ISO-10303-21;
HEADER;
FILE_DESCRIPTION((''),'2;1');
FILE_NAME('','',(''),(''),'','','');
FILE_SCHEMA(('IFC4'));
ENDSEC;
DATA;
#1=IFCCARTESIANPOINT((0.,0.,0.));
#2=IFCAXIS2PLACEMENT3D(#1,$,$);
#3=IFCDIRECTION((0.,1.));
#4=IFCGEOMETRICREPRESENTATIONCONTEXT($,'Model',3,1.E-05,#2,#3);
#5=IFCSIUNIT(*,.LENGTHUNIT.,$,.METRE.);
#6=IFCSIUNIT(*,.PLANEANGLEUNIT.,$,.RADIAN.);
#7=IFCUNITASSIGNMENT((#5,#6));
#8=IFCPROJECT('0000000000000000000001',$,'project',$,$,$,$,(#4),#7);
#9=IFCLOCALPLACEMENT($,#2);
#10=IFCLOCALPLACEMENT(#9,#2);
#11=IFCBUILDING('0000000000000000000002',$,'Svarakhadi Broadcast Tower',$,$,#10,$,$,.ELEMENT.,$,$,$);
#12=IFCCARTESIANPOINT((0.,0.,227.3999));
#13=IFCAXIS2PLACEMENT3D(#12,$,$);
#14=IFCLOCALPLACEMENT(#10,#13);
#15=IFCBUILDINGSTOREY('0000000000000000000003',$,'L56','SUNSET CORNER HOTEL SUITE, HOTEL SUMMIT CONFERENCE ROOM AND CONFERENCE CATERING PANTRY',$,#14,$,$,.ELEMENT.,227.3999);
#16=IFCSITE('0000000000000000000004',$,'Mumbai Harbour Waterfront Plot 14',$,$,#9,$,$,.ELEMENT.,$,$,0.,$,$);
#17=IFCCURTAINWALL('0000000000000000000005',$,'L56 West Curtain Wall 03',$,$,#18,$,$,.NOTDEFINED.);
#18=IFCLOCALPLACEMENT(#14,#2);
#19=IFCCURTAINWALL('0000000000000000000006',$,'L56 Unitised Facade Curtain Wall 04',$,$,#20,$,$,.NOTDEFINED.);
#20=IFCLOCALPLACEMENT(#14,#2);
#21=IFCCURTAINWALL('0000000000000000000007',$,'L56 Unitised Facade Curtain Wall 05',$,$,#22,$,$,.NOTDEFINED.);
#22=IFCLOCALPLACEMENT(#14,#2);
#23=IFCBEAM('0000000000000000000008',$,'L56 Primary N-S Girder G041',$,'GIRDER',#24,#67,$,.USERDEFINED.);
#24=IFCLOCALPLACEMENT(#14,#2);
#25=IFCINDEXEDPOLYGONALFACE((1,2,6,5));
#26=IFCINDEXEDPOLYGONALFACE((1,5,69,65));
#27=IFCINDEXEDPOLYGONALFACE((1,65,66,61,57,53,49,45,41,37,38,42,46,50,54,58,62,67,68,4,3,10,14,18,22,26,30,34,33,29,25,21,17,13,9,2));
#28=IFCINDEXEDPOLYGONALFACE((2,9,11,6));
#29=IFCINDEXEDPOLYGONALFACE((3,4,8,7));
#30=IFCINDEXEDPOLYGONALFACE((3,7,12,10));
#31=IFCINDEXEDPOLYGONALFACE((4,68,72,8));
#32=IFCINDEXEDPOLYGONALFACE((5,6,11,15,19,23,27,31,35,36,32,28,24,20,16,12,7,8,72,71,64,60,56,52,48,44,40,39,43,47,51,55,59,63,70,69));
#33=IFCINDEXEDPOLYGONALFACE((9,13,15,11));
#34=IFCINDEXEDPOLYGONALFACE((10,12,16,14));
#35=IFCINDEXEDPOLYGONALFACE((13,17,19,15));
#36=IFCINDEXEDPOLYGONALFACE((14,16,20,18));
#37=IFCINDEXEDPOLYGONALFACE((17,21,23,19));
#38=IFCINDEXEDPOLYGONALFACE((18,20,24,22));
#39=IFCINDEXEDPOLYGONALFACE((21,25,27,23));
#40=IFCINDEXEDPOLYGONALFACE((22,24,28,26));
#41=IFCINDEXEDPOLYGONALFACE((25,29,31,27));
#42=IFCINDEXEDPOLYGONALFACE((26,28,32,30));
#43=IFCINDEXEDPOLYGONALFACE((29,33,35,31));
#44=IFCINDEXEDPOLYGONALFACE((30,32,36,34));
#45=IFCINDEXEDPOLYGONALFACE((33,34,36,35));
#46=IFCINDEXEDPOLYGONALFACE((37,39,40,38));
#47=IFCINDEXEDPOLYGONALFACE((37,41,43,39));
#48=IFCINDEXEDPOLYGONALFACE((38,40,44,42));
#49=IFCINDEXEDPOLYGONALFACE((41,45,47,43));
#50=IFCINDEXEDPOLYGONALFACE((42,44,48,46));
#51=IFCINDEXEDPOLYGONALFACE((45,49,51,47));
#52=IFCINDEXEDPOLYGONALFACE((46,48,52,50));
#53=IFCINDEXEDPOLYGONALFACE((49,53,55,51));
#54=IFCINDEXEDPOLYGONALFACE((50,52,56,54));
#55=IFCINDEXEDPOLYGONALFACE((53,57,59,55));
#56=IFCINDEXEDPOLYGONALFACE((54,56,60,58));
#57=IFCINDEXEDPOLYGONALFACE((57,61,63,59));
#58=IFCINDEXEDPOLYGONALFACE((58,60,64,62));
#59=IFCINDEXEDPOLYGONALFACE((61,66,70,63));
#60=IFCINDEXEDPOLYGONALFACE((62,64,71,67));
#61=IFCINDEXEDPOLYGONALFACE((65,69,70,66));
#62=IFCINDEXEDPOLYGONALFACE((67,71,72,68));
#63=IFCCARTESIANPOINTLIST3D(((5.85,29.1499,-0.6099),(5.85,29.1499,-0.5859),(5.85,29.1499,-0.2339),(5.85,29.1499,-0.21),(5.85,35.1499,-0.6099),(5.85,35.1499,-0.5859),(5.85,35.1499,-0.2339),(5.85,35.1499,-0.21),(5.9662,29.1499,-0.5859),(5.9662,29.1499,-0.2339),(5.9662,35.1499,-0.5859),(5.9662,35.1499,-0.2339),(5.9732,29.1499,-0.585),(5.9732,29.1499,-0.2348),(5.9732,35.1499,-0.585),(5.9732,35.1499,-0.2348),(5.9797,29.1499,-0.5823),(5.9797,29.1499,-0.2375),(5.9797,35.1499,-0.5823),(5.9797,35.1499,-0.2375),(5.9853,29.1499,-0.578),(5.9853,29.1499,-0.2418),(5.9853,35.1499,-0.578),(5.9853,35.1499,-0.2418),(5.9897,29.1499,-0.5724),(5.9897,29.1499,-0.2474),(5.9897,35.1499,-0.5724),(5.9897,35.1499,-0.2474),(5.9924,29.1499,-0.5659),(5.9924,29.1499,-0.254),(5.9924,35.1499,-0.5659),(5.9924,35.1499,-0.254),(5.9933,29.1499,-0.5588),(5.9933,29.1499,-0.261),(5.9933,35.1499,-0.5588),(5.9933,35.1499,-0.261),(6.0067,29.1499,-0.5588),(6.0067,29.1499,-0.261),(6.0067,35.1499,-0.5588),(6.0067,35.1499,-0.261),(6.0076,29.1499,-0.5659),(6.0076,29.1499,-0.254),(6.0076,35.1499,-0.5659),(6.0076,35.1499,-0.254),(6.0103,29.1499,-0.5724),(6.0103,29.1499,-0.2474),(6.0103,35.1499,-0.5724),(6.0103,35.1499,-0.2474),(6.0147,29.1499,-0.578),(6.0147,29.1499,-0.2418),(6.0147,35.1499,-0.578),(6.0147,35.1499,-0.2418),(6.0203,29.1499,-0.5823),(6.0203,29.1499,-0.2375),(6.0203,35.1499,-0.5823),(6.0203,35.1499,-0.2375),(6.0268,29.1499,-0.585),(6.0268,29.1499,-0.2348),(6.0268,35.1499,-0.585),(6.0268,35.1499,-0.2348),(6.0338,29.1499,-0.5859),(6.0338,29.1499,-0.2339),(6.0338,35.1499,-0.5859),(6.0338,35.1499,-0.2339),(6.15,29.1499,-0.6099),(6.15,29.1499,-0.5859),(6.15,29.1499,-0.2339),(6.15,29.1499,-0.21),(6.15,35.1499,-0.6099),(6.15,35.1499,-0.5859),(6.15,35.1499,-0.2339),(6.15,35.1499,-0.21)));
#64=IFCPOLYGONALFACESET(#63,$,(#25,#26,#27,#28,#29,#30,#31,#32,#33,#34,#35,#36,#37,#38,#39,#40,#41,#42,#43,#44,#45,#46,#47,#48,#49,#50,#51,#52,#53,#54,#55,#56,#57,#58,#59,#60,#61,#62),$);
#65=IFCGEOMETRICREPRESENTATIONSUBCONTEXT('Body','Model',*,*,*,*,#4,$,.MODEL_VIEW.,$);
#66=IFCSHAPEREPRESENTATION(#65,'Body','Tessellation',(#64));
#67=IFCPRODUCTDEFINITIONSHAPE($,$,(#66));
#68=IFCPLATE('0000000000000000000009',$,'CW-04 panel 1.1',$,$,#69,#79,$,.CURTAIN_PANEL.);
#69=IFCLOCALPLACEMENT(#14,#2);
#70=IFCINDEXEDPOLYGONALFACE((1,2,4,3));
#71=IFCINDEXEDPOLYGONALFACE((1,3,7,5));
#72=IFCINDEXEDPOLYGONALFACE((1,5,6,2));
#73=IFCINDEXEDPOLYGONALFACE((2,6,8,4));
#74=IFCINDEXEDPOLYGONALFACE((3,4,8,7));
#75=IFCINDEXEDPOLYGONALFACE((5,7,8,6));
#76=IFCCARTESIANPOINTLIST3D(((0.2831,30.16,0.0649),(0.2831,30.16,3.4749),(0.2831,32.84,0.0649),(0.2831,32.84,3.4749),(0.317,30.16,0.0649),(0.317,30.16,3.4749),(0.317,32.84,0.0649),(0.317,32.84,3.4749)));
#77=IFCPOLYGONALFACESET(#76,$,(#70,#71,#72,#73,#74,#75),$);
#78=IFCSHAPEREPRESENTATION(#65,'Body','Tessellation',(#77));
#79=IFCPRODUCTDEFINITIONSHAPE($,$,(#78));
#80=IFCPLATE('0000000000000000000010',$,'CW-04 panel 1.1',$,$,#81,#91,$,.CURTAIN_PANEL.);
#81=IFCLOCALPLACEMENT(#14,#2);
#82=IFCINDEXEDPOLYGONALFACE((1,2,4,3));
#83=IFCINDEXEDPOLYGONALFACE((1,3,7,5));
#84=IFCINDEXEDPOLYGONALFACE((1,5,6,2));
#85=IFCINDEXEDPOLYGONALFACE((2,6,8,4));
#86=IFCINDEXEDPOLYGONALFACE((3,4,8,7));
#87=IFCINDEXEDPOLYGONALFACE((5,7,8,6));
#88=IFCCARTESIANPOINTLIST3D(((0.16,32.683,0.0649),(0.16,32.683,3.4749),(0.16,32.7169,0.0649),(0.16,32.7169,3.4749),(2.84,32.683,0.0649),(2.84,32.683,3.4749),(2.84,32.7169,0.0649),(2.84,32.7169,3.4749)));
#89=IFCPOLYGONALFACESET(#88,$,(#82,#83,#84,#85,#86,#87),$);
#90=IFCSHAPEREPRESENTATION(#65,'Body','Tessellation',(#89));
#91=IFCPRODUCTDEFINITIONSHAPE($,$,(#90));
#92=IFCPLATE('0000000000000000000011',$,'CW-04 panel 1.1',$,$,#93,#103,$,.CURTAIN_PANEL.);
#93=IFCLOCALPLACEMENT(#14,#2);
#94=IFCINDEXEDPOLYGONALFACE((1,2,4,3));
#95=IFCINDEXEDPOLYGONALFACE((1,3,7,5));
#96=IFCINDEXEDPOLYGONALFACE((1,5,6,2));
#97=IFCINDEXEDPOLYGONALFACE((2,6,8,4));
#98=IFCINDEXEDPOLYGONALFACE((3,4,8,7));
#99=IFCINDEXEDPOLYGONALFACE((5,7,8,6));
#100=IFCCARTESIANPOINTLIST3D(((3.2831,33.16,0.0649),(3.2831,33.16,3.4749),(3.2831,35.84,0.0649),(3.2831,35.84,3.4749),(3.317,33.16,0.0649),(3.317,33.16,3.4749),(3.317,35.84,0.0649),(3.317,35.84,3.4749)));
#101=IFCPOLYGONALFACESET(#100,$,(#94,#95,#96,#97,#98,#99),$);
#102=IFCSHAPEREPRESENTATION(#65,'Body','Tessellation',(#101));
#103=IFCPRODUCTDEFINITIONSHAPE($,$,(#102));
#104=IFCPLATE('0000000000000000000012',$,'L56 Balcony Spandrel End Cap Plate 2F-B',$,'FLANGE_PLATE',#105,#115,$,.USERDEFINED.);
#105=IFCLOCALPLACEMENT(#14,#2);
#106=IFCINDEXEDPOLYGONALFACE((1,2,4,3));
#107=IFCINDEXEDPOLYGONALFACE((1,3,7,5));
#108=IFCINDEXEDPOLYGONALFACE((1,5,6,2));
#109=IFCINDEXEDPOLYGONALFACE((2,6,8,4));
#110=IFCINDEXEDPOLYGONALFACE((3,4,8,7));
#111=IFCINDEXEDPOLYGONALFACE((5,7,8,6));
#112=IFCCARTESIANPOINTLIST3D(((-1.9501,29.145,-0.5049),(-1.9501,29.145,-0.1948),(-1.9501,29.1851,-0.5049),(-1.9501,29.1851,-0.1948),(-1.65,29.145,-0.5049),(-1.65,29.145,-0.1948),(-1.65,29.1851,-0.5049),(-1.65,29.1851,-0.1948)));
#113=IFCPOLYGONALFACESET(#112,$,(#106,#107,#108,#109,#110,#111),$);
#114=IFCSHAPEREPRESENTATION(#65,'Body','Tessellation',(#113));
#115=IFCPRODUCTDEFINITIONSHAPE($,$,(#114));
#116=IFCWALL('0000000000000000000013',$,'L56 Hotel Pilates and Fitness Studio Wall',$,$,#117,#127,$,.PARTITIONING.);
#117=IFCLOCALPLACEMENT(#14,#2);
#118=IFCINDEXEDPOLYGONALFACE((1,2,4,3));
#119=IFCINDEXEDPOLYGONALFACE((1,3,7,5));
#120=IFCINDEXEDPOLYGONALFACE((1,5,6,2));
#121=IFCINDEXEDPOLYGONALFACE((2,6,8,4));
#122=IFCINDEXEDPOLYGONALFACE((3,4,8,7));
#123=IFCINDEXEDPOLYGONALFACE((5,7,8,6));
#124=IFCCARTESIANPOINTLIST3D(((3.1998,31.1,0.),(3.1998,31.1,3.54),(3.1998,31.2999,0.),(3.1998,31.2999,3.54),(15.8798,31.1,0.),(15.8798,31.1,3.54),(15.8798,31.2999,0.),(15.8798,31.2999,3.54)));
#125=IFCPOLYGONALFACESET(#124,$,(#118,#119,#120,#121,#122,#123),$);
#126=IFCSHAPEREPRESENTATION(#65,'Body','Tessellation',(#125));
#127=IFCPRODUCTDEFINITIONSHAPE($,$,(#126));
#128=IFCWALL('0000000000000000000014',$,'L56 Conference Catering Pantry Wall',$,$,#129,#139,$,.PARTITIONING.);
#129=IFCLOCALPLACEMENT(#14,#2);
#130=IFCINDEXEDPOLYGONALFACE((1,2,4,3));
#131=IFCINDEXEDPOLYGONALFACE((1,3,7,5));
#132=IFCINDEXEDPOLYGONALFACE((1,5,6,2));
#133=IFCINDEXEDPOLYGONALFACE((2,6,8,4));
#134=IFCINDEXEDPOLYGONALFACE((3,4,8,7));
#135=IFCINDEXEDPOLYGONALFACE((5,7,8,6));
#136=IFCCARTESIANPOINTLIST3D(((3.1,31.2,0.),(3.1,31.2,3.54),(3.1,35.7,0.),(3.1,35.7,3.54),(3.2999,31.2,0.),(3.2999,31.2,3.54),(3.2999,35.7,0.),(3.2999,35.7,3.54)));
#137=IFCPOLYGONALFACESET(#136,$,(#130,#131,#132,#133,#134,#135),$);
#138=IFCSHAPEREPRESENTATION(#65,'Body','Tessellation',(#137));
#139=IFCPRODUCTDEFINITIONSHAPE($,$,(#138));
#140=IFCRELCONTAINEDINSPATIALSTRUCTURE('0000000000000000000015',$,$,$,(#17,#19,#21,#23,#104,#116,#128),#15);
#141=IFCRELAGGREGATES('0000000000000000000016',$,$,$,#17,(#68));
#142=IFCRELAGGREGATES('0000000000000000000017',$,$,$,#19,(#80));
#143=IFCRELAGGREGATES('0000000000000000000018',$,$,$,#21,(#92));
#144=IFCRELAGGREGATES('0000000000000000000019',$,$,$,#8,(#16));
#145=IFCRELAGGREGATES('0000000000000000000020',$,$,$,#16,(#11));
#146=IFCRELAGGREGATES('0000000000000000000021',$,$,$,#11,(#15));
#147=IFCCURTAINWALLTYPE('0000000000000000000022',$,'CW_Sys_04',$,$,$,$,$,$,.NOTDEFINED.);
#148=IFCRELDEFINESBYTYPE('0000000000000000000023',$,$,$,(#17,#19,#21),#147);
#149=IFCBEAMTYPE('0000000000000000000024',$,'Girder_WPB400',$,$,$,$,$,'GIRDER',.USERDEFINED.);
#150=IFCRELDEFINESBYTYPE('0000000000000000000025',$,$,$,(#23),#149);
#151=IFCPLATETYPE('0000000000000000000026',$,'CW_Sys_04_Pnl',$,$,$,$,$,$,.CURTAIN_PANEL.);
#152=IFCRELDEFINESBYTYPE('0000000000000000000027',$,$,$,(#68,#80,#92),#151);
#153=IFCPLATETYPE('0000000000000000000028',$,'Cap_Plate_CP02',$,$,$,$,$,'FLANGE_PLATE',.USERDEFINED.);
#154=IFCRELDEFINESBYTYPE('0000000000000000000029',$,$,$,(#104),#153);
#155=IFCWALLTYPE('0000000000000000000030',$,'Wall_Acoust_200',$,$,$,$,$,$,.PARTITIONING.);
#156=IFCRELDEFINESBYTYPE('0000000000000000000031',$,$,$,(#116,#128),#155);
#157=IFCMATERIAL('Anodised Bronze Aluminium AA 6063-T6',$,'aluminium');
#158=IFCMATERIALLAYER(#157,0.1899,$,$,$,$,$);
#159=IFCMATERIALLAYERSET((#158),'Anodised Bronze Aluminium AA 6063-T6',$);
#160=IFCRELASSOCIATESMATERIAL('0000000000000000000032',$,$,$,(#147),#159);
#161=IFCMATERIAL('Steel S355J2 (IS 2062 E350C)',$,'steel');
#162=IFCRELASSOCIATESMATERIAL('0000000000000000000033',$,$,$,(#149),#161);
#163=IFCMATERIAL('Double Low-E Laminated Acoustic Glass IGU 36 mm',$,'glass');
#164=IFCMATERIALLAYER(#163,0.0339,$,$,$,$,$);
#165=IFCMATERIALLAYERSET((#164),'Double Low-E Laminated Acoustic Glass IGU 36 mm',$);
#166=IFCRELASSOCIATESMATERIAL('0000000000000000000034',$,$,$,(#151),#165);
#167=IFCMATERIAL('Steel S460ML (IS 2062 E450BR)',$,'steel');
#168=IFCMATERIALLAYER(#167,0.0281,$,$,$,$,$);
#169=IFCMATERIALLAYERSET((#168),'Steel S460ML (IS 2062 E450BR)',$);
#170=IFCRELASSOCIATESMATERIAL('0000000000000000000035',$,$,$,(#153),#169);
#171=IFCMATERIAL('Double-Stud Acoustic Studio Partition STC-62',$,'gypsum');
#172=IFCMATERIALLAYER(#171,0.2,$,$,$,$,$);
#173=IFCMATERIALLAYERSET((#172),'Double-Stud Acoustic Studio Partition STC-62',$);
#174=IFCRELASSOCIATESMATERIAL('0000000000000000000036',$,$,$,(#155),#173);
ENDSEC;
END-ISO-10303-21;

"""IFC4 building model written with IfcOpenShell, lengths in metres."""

from ifc_helpers import new_model, si_unit, direction, frame, frame_2d, origin, origin_2d, place, context, subcontext, project, spatial, rectangle, i_section, extrude, material, layer, layer_set, material_profile, profile_set, type_object, element, aggregate, save


model = new_model("IFC4")

# Units and contexts
model_context = context("Model", 3, precision=1e-05, world=origin(), true_north=direction((0.0, 1.0)))
body_context = subcontext(model_context, "Body", "Model", "MODEL_VIEW")
ifc_project = project(units=[si_unit("LENGTHUNIT", "METRE"), si_unit("PLANEANGLEUNIT", "RADIAN")], contexts=[model_context])

# Site, building, storey
site_placement = place(None, origin())
site = spatial("IfcSite", under=ifc_project, at=site_placement, Name="Mumbai Harbour Waterfront Plot 14", CompositionType="ELEMENT", RefElevation=0.0)
building_placement = place(site_placement, origin())
building = spatial("IfcBuilding", under=site, at=building_placement, Name="Svarakhadi Broadcast Tower", CompositionType="ELEMENT")
storey_placement = place(building_placement, frame((0.0, 0.0, 227.3999)))
storey = spatial("IfcBuildingStorey", under=building, at=storey_placement, Name="L56", Description="SUNSET CORNER HOTEL SUITE, HOTEL SUMMIT CONFERENCE ROOM AND CONFERENCE CATERING PANTRY", CompositionType="ELEMENT", Elevation=227.3999)

# Shared definitions
ifc_material_1 = material(Name="Steel S460ML (IS 2062 E450BR)", Category="steel")

# Curtain walls
ifc_material_2 = material(Name="Anodised Bronze Aluminium AA 6063-T6", Category="aluminium")
ifc_layer_1 = layer(ifc_material_2, 0.1899)
ifc_layer_set_1 = layer_set([ifc_layer_1], Name="Anodised Bronze Aluminium AA 6063-T6")
curtain_wall_type = type_object("IfcCurtainWallType", Name="CW_Sys_04", PredefinedType="NOTDEFINED", material=ifc_layer_set_1)
curtain_wall_1_placement = place(storey_placement, origin())
curtain_wall_1 = element("IfcCurtainWall", 1, at=curtain_wall_1_placement, inside=storey, type_object=curtain_wall_type, Name="L56 West Curtain Wall 03", PredefinedType="NOTDEFINED")
curtain_wall_2_placement = place(storey_placement, origin())
curtain_wall_2 = element("IfcCurtainWall", 2, at=curtain_wall_2_placement, inside=storey, type_object=curtain_wall_type, Name="L56 Unitised Facade Curtain Wall 04", PredefinedType="NOTDEFINED")
curtain_wall_3_placement = place(storey_placement, origin())
curtain_wall_3 = element("IfcCurtainWall", 3, at=curtain_wall_3_placement, inside=storey, type_object=curtain_wall_type, Name="L56 Unitised Facade Curtain Wall 05", PredefinedType="NOTDEFINED")

# Beam
ifc_material_3 = material(Name="Steel S355J2 (IS 2062 E350C)", Category="steel")
ifc_material_profile_1 = material_profile(ifc_material_3, i_section(OverallWidth=0.3, OverallDepth=0.3999, WebThickness=0.0134, FlangeThickness=0.0239, FilletRadius=0.0271, at=origin_2d()), Name="WPB 400x300x155")
ifc_profile_set_1 = profile_set([ifc_material_profile_1], Name="Steel S355J2 (IS 2062 E350C)")
beam_type = type_object("IfcBeamType", Name="Girder_WPB400", ElementType="GIRDER", PredefinedType="USERDEFINED", material=ifc_profile_set_1)
for number, where, z_axis, x_axis, name in (
    (4, (6.0, 29.1499, -0.4099), (0.0, 1.0, 0.0), (-1.0, 0.0, 0.0), "L56 Primary N-S Girder G041"),
):
    element("IfcBeam", number, at=place(storey_placement, frame(where, z_axis=z_axis, x_axis=x_axis)), inside=storey, type_object=beam_type, Name=name, ObjectType="GIRDER", PredefinedType="USERDEFINED", context=body_context, shape_type="SweptSolid", body=[
        extrude(i_section(OverallWidth=0.3, OverallDepth=0.3999, WebThickness=0.0134, FlangeThickness=0.0239, FilletRadius=0.0271, at=origin_2d()), origin(), (0.0, 0.0, 1.0), 6.0),
    ])

# Plates
ifc_material_4 = material(Name="Double Low-E Laminated Acoustic Glass IGU 36 mm", Category="glass")
ifc_layer_2 = layer(ifc_material_4, 0.0339)
ifc_layer_set_2 = layer_set([ifc_layer_2], Name="Double Low-E Laminated Acoustic Glass IGU 36 mm")
plate_type_1 = type_object("IfcPlateType", Name="CW_Sys_04_Pnl", PredefinedType="CURTAIN_PANEL", material=ifc_layer_set_2)
plate_1_placement = place(storey_placement, frame((0.3, 31.5, 0.0649), z_axis=(0.0, 0.0, 1.0), x_axis=(0.0, 1.0, 0.0)))
plate_1 = element("IfcPlate", 5, at=plate_1_placement, type_object=plate_type_1, Name="CW-04 panel 1.1", PredefinedType="CURTAIN_PANEL", context=body_context, shape_type="SweptSolid", body=[
    extrude(rectangle(XDim=2.6799, YDim=0.0339, at=origin_2d()), origin(), (0.0, 0.0, 1.0), 3.4099),
])
aggregate(curtain_wall_1, [plate_1])
plate_2_placement = place(storey_placement, frame((1.5, 32.7, 0.0649), z_axis=(0.0, 0.0, 1.0), x_axis=(1.0, 0.0, 0.0)))
plate_2 = element("IfcPlate", 6, at=plate_2_placement, type_object=plate_type_1, Name="CW-04 panel 1.1", PredefinedType="CURTAIN_PANEL", context=body_context, shape_type="SweptSolid", body=[
    extrude(rectangle(XDim=2.6799, YDim=0.0339, at=origin_2d()), origin(), (0.0, 0.0, 1.0), 3.4099),
])
aggregate(curtain_wall_2, [plate_2])
plate_3_placement = place(storey_placement, frame((3.3, 34.5, 0.0649), z_axis=(0.0, 0.0, 1.0), x_axis=(0.0, 1.0, 0.0)))
plate_3 = element("IfcPlate", 7, at=plate_3_placement, type_object=plate_type_1, Name="CW-04 panel 1.1", PredefinedType="CURTAIN_PANEL", context=body_context, shape_type="SweptSolid", body=[
    extrude(rectangle(XDim=2.6799, YDim=0.0339, at=origin_2d()), origin(), (0.0, 0.0, 1.0), 3.4099),
])
aggregate(curtain_wall_3, [plate_3])
ifc_layer_3 = layer(ifc_material_1, 0.0281)
ifc_layer_set_3 = layer_set([ifc_layer_3], Name="Steel S460ML (IS 2062 E450BR)")
plate_type_2 = type_object("IfcPlateType", Name="Cap_Plate_CP02", ElementType="FLANGE_PLATE", PredefinedType="USERDEFINED", material=ifc_layer_set_3)
plate_4_placement = place(storey_placement, frame((-1.8, 29.165, -0.5049), z_axis=(0.0, 0.0, 1.0), x_axis=(1.0, 0.0, 0.0)))
element("IfcPlate", 8, at=plate_4_placement, inside=storey, type_object=plate_type_2, Name="L56 Balcony Spandrel End Cap Plate 2F-B", ObjectType="FLANGE_PLATE", PredefinedType="USERDEFINED", context=body_context, shape_type="SweptSolid", body=[
    extrude(rectangle(XDim=0.3, YDim=0.04, at=origin_2d()), origin(), (0.0, 0.0, 1.0), 0.3101),
])

# Walls
ifc_material_5 = material(Name="Double-Stud Acoustic Studio Partition STC-62", Category="gypsum")
ifc_layer_4 = layer(ifc_material_5, 0.2)
ifc_layer_set_4 = layer_set([ifc_layer_4], Name="Double-Stud Acoustic Studio Partition STC-62")
wall_type = type_object("IfcWallType", Name="Wall_Acoust_200", PredefinedType="PARTITIONING", material=ifc_layer_set_4)
wall_1_placement = place(storey_placement, frame((3.2, 31.2, 0.0), z_axis=(0.0, 0.0, 1.0), x_axis=(1.0, 0.0, 0.0)))
element("IfcWall", 9, at=wall_1_placement, inside=storey, type_object=wall_type, Name="L56 Hotel Pilates and Fitness Studio Wall", PredefinedType="PARTITIONING", context=body_context, shape_type="SweptSolid", body=[
    extrude(rectangle(XDim=12.6799, YDim=0.2, at=frame_2d((6.3398, 0.0))), origin(), (0.0, 0.0, 1.0), 3.54),
])
wall_2_placement = place(storey_placement, frame((3.2, 31.2, 0.0), z_axis=(0.0, 0.0, 1.0), x_axis=(0.0, 1.0, 0.0)))
element("IfcWall", 10, at=wall_2_placement, inside=storey, type_object=wall_type, Name="L56 Conference Catering Pantry Wall", PredefinedType="PARTITIONING", context=body_context, shape_type="SweptSolid", body=[
    extrude(rectangle(XDim=4.5, YDim=0.2, at=frame_2d((2.25, 0.0))), origin(), (0.0, 0.0, 1.0), 3.54),
])

save(model, "model.ifc")
